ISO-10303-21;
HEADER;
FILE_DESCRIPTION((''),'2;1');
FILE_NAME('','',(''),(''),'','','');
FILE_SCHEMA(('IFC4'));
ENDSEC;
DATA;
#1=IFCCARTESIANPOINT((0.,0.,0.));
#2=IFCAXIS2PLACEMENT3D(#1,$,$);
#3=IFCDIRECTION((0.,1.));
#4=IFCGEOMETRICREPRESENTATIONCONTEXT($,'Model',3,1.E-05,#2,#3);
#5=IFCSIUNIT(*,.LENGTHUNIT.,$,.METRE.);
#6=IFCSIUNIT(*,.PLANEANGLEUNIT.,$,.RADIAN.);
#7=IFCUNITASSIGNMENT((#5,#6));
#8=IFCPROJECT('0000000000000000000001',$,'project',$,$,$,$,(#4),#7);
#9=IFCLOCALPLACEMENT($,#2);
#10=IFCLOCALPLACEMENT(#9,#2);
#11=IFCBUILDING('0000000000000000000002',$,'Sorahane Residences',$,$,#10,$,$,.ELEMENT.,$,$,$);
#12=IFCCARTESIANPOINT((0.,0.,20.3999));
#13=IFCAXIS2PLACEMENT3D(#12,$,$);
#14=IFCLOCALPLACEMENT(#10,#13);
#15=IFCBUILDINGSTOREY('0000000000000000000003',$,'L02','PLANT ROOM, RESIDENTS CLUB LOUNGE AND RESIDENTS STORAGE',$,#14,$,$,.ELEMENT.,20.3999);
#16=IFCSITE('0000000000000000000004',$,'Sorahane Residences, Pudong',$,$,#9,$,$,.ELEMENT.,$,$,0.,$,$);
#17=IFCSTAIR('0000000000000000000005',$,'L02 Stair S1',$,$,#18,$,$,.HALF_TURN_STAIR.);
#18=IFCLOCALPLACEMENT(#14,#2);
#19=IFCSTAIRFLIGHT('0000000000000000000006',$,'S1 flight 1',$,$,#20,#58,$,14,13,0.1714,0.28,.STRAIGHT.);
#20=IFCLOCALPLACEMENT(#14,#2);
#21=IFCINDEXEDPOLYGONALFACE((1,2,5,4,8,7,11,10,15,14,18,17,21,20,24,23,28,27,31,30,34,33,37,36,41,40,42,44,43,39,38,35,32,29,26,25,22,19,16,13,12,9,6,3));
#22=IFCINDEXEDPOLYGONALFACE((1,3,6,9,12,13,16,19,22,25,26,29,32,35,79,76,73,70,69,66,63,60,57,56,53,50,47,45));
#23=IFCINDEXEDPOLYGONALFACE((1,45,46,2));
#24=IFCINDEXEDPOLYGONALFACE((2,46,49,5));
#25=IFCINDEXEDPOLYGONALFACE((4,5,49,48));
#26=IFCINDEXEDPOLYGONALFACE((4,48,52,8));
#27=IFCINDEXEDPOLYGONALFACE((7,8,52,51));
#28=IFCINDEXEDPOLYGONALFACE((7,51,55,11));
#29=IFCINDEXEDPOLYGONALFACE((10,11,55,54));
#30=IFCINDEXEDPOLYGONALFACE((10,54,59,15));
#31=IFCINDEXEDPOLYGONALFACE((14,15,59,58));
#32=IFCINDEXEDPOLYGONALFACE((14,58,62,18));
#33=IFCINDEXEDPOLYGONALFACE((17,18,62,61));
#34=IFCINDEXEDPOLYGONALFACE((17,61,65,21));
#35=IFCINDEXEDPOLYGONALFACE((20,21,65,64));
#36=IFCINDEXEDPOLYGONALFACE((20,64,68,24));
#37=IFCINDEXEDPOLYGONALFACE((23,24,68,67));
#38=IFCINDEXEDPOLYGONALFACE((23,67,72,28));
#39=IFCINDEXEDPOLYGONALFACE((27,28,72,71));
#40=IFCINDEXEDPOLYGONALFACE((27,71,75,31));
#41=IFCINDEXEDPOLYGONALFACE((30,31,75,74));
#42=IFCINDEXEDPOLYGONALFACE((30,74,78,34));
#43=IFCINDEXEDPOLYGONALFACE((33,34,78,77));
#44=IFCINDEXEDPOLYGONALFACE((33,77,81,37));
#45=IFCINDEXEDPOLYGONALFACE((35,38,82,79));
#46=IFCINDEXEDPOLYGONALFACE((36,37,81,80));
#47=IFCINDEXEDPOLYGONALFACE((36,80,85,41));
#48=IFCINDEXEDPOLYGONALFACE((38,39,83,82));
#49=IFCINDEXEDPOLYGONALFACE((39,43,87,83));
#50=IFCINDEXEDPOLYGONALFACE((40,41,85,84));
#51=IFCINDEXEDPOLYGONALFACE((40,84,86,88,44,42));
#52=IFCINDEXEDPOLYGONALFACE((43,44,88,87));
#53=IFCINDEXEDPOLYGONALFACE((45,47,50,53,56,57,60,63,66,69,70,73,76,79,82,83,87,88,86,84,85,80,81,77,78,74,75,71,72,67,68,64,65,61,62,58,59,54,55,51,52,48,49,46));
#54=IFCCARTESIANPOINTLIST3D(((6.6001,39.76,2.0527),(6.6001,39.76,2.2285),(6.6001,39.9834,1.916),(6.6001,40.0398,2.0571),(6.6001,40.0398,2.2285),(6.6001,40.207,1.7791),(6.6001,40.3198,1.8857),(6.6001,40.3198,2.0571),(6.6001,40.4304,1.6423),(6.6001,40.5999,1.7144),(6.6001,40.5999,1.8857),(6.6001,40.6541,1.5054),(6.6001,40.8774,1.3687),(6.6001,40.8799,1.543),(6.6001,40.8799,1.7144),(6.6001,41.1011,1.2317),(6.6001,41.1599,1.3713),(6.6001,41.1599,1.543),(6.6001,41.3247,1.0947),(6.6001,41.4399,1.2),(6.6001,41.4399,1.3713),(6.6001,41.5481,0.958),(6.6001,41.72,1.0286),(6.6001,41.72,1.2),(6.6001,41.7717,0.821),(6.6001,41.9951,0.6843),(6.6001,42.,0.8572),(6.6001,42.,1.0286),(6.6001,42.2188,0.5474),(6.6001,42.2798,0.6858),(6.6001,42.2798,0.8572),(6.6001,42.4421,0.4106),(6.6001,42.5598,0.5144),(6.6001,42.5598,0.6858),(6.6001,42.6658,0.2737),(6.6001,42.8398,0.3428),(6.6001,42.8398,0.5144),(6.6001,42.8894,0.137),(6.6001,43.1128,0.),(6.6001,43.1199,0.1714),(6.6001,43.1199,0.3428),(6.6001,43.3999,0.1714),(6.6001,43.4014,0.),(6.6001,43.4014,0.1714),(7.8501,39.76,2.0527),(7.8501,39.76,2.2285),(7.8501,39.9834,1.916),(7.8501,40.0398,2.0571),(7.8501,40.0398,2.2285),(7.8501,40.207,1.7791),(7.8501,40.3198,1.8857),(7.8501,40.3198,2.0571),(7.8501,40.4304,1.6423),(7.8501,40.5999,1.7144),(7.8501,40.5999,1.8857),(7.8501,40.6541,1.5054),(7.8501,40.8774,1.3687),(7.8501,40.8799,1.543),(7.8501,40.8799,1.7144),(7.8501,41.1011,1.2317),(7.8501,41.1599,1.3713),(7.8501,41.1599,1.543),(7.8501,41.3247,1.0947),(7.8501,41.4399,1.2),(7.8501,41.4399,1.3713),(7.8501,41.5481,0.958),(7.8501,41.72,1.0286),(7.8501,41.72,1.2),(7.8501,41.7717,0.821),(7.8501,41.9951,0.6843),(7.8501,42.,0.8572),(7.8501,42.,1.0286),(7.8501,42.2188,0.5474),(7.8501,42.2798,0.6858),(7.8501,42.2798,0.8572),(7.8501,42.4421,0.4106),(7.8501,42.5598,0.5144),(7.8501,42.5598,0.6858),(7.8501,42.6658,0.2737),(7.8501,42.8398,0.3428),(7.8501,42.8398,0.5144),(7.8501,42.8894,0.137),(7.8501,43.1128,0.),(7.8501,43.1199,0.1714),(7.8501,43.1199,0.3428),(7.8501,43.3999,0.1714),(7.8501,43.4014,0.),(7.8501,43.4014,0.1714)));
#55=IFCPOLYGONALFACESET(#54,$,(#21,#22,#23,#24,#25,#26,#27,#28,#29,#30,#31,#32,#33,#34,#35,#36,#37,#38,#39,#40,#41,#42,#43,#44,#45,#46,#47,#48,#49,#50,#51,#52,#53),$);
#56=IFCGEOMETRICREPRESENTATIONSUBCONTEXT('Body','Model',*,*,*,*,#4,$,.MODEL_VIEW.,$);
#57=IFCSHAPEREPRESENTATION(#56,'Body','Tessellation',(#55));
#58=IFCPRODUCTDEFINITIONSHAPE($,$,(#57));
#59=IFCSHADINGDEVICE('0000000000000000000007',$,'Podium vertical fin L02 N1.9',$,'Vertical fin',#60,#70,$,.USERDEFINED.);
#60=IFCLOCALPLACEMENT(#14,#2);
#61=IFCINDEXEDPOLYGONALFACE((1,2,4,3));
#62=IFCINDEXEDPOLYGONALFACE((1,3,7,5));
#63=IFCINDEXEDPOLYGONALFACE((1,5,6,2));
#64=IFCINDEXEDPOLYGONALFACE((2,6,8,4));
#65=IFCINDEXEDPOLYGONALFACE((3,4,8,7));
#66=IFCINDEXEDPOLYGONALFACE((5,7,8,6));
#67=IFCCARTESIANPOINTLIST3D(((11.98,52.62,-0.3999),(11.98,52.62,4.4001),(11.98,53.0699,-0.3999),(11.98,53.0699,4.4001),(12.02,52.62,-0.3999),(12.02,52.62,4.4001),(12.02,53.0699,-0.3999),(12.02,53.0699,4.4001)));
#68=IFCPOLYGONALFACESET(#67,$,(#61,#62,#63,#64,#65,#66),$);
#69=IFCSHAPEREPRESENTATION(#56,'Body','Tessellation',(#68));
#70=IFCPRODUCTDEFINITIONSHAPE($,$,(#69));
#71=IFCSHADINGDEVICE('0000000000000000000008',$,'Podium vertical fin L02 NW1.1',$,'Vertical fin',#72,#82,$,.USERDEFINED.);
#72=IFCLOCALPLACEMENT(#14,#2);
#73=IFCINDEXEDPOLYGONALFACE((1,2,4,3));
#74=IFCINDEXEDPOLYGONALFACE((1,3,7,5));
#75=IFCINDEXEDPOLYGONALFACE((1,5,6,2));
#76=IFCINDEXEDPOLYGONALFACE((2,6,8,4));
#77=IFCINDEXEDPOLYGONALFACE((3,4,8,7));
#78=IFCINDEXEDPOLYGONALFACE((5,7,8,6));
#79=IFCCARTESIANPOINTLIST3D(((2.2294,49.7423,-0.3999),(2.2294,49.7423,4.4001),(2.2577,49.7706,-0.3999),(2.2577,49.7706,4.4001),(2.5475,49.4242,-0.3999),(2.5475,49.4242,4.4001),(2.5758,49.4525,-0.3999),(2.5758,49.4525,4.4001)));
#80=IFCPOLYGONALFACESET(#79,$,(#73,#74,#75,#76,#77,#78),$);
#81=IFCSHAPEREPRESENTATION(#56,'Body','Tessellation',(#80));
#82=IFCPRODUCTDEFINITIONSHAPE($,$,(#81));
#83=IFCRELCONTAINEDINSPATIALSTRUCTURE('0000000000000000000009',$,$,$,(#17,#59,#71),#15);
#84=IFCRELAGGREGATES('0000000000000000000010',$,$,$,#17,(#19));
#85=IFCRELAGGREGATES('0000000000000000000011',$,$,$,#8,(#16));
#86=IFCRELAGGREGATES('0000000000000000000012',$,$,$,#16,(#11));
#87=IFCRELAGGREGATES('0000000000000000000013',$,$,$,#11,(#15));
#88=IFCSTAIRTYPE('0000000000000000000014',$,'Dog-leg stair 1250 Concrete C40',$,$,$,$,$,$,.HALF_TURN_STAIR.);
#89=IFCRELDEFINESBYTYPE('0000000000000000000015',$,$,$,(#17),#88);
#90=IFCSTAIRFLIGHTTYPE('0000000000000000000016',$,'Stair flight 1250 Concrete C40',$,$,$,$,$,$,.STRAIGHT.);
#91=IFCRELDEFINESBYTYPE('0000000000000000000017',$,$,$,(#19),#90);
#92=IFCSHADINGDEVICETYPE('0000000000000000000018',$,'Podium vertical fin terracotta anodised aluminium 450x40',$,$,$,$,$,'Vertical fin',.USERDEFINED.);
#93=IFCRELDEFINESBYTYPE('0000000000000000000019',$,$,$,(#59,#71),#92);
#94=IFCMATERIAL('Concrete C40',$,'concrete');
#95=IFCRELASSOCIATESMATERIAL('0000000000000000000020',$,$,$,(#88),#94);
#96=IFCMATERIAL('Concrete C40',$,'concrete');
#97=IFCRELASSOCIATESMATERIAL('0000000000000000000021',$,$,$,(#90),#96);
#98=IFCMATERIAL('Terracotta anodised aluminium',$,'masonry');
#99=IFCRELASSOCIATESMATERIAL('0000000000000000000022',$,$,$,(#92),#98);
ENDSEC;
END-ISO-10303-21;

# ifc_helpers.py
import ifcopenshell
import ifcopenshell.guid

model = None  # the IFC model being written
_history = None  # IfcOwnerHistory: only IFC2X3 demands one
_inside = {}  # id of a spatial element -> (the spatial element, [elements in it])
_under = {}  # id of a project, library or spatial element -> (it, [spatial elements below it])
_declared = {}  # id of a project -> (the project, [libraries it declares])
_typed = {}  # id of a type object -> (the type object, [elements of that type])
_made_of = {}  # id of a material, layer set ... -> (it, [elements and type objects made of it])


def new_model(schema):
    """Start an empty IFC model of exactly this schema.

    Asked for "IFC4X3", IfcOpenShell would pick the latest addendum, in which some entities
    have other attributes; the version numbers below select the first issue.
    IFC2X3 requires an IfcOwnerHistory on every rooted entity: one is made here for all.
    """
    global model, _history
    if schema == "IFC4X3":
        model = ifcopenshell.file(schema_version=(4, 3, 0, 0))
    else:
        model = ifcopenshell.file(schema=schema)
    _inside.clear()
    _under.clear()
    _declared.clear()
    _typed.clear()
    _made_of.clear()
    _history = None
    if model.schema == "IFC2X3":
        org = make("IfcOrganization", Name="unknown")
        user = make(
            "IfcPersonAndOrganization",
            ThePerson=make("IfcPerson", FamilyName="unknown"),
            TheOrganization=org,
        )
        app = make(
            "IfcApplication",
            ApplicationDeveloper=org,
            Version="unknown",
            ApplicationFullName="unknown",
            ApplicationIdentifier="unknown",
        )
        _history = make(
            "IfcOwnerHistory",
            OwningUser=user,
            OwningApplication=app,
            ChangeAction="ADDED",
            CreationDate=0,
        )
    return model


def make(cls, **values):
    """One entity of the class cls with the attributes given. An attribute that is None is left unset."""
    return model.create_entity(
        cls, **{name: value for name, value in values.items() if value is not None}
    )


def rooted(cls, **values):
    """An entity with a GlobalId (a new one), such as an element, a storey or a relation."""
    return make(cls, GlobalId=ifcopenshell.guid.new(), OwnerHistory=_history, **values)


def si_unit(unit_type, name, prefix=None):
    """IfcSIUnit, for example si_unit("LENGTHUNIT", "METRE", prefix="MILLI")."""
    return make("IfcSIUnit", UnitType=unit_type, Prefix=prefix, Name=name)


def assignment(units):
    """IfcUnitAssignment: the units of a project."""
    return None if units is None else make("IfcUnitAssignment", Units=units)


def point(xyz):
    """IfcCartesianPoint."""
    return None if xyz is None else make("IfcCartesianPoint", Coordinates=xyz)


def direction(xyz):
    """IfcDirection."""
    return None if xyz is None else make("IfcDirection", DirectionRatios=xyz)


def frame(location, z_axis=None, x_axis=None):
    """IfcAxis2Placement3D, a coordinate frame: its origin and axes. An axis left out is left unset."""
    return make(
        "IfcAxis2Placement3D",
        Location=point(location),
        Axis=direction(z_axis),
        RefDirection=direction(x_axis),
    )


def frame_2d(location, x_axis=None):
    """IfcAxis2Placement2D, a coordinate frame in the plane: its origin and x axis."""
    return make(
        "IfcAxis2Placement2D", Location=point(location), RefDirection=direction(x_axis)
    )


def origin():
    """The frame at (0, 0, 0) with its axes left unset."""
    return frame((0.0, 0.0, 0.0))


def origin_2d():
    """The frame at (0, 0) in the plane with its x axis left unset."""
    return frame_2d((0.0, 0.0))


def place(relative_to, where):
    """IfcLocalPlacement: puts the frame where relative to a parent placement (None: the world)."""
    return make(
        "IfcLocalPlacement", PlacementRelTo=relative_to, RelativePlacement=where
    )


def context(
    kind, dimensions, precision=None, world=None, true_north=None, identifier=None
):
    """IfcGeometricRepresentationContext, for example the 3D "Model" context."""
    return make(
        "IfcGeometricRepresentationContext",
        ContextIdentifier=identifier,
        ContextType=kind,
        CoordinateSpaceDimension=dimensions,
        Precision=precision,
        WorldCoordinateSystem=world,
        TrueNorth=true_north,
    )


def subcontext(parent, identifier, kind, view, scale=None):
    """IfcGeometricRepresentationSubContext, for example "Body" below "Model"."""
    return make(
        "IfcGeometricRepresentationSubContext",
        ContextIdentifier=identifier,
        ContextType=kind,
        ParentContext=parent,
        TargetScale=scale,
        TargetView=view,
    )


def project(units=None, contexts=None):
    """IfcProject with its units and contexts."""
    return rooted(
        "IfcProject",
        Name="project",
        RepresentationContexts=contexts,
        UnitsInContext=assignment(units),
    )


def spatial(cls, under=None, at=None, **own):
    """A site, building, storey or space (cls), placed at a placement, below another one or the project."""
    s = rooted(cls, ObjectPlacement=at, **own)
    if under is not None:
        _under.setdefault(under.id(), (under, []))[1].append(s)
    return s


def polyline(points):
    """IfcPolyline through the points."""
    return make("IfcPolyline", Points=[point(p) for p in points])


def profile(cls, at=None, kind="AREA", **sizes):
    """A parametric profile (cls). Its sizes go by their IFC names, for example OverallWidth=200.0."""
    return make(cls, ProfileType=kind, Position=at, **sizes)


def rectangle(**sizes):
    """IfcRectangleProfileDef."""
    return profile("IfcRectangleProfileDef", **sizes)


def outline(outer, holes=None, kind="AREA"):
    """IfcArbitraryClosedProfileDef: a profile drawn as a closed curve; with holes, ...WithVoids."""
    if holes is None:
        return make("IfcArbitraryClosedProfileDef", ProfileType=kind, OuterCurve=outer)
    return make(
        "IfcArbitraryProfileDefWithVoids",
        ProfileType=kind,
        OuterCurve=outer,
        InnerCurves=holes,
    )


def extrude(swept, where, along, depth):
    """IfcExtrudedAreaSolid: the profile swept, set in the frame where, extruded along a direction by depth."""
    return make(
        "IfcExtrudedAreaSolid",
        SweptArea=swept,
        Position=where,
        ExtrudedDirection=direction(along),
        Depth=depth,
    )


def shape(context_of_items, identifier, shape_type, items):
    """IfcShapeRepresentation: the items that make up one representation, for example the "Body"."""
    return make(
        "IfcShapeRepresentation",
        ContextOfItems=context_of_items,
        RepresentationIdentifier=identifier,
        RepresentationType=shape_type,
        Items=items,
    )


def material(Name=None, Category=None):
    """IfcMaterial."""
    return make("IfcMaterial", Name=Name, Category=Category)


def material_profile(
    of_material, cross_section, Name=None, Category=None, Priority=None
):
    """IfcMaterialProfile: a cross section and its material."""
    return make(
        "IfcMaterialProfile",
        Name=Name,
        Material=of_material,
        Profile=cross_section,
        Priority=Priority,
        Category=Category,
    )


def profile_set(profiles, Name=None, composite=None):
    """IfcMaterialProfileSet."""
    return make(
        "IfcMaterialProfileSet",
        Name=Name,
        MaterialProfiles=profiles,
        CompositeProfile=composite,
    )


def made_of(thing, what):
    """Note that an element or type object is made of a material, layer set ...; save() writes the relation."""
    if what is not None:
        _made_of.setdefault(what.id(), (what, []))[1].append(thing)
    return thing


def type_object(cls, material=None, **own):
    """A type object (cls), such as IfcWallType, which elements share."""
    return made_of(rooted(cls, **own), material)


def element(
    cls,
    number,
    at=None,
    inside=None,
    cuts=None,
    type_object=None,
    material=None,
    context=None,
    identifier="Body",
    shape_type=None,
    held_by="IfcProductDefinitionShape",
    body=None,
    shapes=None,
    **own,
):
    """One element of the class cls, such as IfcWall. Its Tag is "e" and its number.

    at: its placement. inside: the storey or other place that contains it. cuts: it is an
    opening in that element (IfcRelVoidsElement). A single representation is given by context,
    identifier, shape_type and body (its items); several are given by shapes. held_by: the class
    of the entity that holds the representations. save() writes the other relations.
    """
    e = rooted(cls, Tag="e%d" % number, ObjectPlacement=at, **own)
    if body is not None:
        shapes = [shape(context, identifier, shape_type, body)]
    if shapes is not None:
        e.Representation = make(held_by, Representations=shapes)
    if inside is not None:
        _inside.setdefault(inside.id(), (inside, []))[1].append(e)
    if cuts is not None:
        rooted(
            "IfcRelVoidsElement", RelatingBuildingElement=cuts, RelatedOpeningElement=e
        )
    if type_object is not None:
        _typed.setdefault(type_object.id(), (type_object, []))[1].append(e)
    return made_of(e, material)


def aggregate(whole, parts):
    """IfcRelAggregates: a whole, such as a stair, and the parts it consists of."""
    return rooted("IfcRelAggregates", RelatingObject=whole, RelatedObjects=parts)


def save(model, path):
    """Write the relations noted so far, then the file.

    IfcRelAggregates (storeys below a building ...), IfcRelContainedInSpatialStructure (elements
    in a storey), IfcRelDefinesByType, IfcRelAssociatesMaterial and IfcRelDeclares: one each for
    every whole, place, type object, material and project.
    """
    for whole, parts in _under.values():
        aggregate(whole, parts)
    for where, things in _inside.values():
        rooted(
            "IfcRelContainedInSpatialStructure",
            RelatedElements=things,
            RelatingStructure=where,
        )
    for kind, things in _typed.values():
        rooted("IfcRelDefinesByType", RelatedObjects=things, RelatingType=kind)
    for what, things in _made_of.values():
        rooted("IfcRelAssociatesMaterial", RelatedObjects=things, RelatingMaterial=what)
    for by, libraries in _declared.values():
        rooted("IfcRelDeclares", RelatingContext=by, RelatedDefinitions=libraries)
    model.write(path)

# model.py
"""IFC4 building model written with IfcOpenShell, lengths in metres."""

from ifc_helpers import new_model, si_unit, direction, frame, origin, origin_2d, place, context, subcontext, project, spatial, polyline, rectangle, outline, extrude, material, material_profile, profile_set, type_object, element, aggregate, save


model = new_model("IFC4")

# Units and contexts
model_context = context("Model", 3, precision=1e-05, world=origin(), true_north=direction((0.0, 1.0)))
body_context = subcontext(model_context, "Body", "Model", "MODEL_VIEW")
ifc_project = project(units=[si_unit("LENGTHUNIT", "METRE"), si_unit("PLANEANGLEUNIT", "RADIAN")], contexts=[model_context])

# Site, building, storey
site_placement = place(None, origin())
site = spatial("IfcSite", under=ifc_project, at=site_placement, Name="Sorahane Residences, Pudong", CompositionType="ELEMENT", RefElevation=0.0)
building_placement = place(site_placement, origin())
building = spatial("IfcBuilding", under=site, at=building_placement, Name="Sorahane Residences", CompositionType="ELEMENT")
storey_placement = place(building_placement, frame((0.0, 0.0, 20.3999)))
storey = spatial("IfcBuildingStorey", under=building, at=storey_placement, Name="L02", Description="PLANT ROOM, RESIDENTS CLUB LOUNGE AND RESIDENTS STORAGE", CompositionType="ELEMENT", Elevation=20.3999)

# Stair, stair flight
ifc_material_1 = material(Name="Concrete C40", Category="concrete")
stair_type = type_object("IfcStairType", Name="Dog-leg stair 1250 Concrete C40", PredefinedType="HALF_TURN_STAIR", material=ifc_material_1)
stair_placement = place(storey_placement, origin())
stair = element("IfcStair", 1, at=stair_placement, inside=storey, type_object=stair_type, Name="L02 Stair S1", PredefinedType="HALF_TURN_STAIR")
ifc_material_2 = material(Name="Concrete C40", Category="concrete")
stair_flight_type = type_object("IfcStairFlightType", Name="Stair flight 1250 Concrete C40", PredefinedType="STRAIGHT", material=ifc_material_2)
stair_flight_placement = place(storey_placement, frame((7.2251, 43.3999, 0.0), z_axis=(0.0, 0.0, 1.0), x_axis=(0.0, -1.0, 0.0)))
stair_flight = element("IfcStairFlight", 2, at=stair_flight_placement, type_object=stair_flight_type, Name="S1 flight 1", NumberOfRisers=14, NumberOfTreads=13, PredefinedType="STRAIGHT", RiserHeight=0.1714, TreadLength=0.28, context=body_context, shape_type="SweptSolid", body=[
    extrude(outline(polyline([(-0.0015, 0.0), (-0.0015, 0.1714), (0.0, 0.1714), (0.28, 0.1714), (0.28, 0.3428), (0.5601, 0.3428), (0.5601, 0.5144), (0.8401, 0.5144), (0.8401, 0.6858), (1.1201, 0.6858), (1.1201, 0.8572), (1.3999, 0.8572), (1.3999, 1.0286), (1.6799, 1.0286), (1.6799, 1.2), (1.96, 1.2), (1.96, 1.3713), (2.24, 1.3713), (2.24, 1.543), (2.52, 1.543), (2.52, 1.7144), (2.8, 1.7144), (2.8, 1.8857), (3.0801, 1.8857), (3.0801, 2.0571), (3.3601, 2.0571), (3.3601, 2.2285), (3.6399, 2.2285), (3.6399, 2.3999), (3.6399, 2.0527), (3.4165, 1.916), (3.1929, 1.7791), (2.9695, 1.6423), (2.7458, 1.5054), (2.5225, 1.3687), (2.2988, 1.2317), (2.0752, 1.0947), (1.8518, 0.958), (1.6282, 0.821), (1.4048, 0.6843), (1.1812, 0.5474), (0.9578, 0.4106), (0.7341, 0.2737), (0.5105, 0.137), (0.2871, 0.0), (-0.0015, 0.0)])), frame((0.0, 0.625, 0.0), z_axis=(0.0, -1.0, 0.0), x_axis=(1.0, 0.0, 0.0)), (0.0, 0.0, 1.0), 1.25),
])
aggregate(stair, [stair_flight])

# Shading devices
ifc_material_3 = material(Name="Terracotta anodised aluminium", Category="masonry")
ifc_material_profile_1 = material_profile(ifc_material_3, rectangle(XDim=0.45, YDim=0.04, at=origin_2d()), Name="Podium vertical fin terracotta anodised aluminium 450x40")
ifc_profile_set_1 = profile_set([ifc_material_profile_1], Name="Terracotta anodised aluminium")
shading_device_type = type_object("IfcShadingDeviceType", Name="Podium vertical fin terracotta anodised aluminium 450x40", ElementType="Vertical fin", PredefinedType="USERDEFINED", material=ifc_profile_set_1)
for number, where, z_axis, x_axis, name in (
    (3, (12.0, 52.845, -0.3999), (0.0, 0.0, 1.0), (0.0, 1.0, 0.0), "Podium vertical fin L02 N1.9"),
    (4, (2.4026, 49.5974, -0.3999), (0.0, 0.0, 1.0), (-0.707107, 0.707107, 0.0), "Podium vertical fin L02 NW1.1"),
):
    element("IfcShadingDevice", number, at=place(storey_placement, frame(where, z_axis=z_axis, x_axis=x_axis)), inside=storey, type_object=shading_device_type, Name=name, ObjectType="Vertical fin", PredefinedType="USERDEFINED", context=body_context, shape_type="SweptSolid", body=[
        extrude(rectangle(XDim=0.45, YDim=0.04, at=origin_2d()), origin(), (0.0, 0.0, 1.0), 4.8),
    ])

save(model, "model.ifc")
